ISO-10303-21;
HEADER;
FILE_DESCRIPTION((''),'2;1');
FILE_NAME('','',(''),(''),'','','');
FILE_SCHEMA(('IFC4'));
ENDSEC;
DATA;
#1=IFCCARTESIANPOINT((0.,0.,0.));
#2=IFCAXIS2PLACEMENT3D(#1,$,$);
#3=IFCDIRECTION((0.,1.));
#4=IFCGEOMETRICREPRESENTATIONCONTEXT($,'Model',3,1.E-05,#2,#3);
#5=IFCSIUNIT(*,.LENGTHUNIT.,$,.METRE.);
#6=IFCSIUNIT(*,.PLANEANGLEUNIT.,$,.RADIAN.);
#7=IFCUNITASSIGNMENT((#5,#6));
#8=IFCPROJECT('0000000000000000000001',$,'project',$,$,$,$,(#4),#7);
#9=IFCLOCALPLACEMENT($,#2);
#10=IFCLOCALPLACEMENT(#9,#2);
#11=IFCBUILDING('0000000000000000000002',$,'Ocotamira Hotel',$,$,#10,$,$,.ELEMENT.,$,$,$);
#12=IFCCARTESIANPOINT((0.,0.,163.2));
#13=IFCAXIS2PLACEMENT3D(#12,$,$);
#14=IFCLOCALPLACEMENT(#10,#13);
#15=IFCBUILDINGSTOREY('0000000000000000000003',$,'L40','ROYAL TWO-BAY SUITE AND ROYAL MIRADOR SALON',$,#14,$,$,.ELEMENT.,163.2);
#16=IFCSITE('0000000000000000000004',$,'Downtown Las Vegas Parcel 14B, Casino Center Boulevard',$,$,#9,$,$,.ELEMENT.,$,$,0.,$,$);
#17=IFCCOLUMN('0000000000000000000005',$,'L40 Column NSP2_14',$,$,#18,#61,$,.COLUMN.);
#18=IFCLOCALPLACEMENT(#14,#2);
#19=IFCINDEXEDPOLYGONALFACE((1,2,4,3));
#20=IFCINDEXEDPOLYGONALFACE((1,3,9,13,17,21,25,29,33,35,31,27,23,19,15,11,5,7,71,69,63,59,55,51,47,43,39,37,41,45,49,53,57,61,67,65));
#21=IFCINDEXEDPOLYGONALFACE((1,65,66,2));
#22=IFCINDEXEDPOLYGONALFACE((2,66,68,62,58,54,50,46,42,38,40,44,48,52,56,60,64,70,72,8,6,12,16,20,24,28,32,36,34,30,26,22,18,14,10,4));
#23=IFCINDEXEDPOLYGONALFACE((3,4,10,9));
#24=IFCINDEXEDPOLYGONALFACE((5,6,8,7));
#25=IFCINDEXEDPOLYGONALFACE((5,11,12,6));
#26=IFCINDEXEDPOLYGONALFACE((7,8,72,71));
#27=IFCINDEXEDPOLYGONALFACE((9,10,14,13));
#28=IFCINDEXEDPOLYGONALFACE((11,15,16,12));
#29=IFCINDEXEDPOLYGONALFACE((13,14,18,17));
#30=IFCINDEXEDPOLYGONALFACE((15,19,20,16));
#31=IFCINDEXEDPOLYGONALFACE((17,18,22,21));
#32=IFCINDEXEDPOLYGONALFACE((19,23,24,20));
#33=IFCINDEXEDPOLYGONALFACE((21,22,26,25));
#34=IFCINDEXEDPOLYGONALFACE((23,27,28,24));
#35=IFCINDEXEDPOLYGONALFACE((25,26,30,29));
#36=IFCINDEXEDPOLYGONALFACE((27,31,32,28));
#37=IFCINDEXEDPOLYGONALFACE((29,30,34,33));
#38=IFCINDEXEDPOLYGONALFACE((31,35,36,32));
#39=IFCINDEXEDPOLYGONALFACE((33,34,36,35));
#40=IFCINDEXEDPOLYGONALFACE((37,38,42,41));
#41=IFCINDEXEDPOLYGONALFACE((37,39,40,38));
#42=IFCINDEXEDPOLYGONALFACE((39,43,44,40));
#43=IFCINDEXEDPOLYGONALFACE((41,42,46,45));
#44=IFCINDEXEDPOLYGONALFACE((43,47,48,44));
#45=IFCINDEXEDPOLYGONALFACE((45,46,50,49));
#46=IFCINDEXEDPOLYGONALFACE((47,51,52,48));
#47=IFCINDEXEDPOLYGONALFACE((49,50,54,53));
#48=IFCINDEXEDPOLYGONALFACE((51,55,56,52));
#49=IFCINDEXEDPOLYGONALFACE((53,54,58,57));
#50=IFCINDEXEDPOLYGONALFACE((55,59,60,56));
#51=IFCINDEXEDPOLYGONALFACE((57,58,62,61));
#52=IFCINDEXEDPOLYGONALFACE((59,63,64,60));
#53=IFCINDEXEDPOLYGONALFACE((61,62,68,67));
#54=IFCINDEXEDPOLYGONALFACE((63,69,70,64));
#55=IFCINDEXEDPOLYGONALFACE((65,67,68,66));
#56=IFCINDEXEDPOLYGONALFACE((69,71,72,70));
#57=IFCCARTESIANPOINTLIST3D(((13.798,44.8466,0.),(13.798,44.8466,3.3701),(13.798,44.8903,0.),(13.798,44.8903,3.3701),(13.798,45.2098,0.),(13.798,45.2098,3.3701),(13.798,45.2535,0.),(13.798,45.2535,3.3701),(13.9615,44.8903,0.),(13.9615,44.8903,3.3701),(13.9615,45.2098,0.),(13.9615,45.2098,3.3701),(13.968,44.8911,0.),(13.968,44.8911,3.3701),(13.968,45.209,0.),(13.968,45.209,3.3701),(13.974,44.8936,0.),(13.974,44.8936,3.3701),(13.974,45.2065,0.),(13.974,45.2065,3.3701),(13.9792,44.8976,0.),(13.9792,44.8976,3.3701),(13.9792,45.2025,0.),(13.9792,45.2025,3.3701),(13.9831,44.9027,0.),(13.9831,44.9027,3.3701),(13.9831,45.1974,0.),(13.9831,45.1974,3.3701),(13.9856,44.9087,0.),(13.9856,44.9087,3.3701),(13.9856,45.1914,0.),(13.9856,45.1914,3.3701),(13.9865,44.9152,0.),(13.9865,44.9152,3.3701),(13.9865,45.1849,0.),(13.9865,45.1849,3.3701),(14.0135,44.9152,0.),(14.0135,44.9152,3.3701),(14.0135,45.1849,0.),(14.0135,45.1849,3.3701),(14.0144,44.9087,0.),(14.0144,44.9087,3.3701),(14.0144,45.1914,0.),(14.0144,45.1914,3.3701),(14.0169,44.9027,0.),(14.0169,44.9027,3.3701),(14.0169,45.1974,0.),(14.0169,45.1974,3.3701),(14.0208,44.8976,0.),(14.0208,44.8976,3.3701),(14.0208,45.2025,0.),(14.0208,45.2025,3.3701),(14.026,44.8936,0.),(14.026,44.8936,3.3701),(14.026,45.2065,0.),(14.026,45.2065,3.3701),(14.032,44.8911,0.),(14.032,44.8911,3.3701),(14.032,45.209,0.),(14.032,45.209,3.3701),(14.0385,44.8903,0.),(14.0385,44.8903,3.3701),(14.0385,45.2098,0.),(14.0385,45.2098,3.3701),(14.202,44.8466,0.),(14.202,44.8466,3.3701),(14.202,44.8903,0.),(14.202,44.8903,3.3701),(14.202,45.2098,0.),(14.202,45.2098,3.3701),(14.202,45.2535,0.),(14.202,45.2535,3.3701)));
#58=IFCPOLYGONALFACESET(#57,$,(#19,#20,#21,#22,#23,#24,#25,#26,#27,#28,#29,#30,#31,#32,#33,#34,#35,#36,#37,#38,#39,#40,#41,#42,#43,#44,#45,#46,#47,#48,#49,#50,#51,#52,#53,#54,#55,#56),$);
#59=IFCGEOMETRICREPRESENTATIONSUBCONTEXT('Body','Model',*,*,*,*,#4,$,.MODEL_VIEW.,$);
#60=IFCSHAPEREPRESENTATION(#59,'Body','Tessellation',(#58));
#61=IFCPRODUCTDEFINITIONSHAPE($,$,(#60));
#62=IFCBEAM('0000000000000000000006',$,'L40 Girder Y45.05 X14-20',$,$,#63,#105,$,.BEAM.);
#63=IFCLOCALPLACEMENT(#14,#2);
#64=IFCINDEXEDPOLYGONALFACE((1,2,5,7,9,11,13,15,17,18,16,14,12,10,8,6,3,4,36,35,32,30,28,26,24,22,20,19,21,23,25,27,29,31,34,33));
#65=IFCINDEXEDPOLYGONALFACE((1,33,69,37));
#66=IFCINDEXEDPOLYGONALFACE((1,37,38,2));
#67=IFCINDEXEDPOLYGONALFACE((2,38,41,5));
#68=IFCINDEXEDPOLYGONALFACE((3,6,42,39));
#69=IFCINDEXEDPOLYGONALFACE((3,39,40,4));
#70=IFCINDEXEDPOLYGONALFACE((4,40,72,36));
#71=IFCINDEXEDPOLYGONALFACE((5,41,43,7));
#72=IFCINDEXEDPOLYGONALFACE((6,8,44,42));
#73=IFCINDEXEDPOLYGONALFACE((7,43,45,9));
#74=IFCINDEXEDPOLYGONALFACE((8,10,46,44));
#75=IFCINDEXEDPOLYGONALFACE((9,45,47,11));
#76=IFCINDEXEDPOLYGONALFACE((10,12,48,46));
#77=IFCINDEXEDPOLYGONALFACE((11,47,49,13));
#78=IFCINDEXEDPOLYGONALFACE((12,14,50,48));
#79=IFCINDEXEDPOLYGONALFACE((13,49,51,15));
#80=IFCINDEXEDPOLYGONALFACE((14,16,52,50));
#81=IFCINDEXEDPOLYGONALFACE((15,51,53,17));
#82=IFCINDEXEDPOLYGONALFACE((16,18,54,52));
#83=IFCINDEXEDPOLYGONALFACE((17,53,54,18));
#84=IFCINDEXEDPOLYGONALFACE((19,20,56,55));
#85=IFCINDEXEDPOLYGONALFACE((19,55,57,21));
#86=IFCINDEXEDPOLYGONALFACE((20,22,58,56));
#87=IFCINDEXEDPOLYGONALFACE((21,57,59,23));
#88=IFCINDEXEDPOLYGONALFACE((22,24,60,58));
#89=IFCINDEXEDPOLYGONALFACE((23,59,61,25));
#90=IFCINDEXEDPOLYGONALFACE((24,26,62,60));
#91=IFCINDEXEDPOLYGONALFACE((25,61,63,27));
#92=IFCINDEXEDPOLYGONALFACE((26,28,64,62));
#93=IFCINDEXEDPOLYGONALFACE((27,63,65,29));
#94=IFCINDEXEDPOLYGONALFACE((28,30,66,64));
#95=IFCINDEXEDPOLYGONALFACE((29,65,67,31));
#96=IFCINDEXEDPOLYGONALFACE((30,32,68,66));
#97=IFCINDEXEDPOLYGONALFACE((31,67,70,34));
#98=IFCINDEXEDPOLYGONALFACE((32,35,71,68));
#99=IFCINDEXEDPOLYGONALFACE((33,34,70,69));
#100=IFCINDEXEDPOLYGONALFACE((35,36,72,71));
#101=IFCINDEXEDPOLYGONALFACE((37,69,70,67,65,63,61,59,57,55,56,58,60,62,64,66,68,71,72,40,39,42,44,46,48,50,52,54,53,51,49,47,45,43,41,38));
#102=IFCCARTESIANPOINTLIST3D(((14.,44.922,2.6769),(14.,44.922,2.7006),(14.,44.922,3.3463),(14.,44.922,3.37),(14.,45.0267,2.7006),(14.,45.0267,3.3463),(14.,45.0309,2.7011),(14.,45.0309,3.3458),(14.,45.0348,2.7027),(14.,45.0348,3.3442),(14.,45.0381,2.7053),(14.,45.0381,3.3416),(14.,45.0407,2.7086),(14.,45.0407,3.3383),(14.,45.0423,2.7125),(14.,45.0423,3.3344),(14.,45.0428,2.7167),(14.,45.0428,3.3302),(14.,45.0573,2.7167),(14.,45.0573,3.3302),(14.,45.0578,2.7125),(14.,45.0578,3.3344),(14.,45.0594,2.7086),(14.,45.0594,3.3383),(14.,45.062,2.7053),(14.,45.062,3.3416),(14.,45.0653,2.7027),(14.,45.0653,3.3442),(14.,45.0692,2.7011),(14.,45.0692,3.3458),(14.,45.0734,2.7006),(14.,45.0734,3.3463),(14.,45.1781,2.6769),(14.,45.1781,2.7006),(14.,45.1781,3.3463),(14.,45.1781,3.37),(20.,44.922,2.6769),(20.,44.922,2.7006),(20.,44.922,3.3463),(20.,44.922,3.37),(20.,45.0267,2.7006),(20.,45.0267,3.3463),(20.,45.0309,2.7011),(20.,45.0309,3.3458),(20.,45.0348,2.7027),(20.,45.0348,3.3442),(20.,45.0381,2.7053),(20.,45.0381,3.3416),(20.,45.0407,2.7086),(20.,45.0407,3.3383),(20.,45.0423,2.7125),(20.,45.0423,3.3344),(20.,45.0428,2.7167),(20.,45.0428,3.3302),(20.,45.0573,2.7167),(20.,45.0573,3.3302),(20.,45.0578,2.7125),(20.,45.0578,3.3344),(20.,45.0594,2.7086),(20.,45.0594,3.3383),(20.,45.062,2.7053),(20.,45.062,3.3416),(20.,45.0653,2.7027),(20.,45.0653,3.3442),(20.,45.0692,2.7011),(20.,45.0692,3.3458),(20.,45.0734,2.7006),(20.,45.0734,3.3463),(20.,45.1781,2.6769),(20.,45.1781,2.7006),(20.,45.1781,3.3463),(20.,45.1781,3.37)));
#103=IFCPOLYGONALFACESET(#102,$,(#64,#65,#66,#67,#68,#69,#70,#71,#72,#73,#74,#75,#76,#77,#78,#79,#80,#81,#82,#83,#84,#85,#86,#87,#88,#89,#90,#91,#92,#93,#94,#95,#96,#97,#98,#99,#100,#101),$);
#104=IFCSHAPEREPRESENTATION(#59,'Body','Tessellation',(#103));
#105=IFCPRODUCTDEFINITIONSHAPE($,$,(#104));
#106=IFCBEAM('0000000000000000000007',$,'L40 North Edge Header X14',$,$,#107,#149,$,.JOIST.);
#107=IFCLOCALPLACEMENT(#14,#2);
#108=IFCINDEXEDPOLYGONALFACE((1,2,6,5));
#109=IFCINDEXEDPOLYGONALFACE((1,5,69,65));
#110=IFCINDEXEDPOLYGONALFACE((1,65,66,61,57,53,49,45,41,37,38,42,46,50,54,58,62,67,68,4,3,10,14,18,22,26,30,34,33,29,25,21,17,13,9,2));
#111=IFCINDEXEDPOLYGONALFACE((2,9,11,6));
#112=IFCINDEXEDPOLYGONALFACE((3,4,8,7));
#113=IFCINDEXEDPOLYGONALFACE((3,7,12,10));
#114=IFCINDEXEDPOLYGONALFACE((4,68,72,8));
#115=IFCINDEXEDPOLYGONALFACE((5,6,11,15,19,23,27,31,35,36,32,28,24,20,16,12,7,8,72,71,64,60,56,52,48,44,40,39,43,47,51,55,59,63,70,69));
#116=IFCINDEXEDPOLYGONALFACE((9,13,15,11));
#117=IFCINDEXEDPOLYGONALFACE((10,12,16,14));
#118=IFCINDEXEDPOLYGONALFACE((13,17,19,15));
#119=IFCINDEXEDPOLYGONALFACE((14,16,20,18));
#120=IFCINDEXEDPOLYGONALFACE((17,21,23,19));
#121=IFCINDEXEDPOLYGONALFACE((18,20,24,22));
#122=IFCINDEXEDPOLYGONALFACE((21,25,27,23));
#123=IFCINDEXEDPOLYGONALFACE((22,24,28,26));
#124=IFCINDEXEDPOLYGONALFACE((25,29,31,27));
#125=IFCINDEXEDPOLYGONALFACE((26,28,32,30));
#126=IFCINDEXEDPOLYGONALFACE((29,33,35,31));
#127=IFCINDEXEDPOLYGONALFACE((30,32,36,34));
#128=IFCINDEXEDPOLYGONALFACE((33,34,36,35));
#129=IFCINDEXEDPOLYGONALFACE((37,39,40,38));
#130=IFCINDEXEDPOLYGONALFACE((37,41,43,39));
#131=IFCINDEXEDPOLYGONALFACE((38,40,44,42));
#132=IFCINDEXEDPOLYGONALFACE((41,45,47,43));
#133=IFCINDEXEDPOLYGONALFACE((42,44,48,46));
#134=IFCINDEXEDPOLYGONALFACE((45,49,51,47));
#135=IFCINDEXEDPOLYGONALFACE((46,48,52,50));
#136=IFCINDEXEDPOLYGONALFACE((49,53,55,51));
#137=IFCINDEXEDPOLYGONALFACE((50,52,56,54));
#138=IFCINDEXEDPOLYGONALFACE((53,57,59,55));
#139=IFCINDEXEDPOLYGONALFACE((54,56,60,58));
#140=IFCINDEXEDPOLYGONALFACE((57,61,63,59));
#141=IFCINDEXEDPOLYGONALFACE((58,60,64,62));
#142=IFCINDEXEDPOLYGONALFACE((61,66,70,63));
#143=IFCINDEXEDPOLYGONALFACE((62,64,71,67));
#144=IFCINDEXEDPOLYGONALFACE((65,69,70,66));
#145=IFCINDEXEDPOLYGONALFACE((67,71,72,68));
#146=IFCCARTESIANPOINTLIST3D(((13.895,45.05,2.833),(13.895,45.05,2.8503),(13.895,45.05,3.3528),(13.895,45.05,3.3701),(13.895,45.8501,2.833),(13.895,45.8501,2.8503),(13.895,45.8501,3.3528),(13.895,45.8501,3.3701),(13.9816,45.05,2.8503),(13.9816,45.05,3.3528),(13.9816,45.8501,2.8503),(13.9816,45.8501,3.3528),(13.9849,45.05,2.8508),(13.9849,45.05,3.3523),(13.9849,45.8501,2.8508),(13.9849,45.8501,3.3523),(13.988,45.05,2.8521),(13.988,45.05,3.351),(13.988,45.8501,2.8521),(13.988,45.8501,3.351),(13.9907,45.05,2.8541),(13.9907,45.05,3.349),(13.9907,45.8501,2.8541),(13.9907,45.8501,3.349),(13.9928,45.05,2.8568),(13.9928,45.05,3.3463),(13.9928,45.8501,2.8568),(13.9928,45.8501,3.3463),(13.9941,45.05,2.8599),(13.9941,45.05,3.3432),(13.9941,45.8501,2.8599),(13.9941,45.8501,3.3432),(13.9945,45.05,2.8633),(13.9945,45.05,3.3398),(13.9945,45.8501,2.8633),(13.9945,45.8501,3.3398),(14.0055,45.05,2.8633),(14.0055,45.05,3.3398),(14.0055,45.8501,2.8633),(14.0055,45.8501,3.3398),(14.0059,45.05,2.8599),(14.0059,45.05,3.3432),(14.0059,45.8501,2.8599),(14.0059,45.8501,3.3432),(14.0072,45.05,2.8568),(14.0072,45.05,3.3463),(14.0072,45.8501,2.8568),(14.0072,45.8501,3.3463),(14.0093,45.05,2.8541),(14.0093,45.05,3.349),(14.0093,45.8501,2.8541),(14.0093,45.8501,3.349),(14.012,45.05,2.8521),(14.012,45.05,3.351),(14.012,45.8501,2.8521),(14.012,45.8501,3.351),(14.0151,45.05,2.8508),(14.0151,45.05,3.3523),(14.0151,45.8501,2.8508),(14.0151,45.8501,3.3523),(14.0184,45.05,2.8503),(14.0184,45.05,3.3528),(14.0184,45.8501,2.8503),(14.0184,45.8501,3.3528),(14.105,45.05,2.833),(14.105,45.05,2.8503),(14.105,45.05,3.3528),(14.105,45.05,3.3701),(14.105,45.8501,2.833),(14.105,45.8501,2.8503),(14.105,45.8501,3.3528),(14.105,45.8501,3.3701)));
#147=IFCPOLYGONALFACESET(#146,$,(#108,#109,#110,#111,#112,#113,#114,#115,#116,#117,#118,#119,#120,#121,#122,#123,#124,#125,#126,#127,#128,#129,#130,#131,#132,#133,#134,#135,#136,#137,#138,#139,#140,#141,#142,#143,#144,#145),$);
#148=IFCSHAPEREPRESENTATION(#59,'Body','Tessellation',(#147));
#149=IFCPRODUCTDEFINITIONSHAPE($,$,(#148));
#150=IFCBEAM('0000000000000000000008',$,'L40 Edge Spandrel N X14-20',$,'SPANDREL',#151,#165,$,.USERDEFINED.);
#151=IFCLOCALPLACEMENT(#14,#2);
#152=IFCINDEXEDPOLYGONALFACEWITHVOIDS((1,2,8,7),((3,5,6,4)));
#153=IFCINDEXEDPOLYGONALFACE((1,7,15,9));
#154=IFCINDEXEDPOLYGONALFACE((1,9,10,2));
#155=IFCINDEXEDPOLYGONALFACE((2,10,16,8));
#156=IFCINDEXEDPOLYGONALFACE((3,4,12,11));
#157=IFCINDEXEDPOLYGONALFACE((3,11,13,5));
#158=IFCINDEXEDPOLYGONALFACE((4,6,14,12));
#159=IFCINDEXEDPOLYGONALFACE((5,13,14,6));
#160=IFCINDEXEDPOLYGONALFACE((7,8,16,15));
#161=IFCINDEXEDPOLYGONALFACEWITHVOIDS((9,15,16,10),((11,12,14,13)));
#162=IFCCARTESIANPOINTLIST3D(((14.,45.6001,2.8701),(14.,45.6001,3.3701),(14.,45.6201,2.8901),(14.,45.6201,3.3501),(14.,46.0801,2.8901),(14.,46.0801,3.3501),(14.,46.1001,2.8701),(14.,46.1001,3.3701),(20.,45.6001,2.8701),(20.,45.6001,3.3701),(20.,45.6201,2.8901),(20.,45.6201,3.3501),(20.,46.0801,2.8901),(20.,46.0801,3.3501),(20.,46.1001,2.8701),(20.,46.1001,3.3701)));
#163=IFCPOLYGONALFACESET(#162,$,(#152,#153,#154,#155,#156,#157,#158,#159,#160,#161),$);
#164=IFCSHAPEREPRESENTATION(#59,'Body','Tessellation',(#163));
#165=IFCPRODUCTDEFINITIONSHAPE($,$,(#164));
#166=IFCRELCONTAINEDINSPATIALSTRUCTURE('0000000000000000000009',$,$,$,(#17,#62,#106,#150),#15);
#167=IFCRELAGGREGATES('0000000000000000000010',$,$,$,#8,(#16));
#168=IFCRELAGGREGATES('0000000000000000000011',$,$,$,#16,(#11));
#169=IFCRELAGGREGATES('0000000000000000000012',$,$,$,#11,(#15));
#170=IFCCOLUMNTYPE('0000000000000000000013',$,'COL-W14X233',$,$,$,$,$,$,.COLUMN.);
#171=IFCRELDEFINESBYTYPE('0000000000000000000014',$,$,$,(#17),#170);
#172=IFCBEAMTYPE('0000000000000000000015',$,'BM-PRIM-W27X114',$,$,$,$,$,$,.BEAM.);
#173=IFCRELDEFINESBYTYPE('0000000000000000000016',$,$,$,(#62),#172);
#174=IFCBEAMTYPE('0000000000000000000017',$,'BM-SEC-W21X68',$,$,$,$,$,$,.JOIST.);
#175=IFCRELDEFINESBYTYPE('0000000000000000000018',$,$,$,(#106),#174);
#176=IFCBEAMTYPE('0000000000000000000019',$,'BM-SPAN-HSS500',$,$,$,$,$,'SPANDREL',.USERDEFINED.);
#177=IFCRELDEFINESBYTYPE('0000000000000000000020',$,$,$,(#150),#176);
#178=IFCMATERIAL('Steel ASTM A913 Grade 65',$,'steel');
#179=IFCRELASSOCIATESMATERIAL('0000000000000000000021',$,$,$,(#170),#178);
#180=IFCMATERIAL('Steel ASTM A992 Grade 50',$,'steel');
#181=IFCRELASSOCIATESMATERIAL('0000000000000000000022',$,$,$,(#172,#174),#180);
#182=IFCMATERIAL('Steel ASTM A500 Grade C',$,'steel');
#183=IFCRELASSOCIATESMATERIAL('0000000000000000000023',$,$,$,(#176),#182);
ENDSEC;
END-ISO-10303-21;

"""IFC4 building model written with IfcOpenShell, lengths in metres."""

from ifc_helpers import new_model, si_unit, direction, frame, origin, origin_2d, place, context, subcontext, project, spatial, hollow_rectangle, i_section, extrude, source, transform, mapped, material, material_profile, profile_set, type_object, element, save


model = new_model("IFC4")

# Units and contexts
model_context = context("Model", 3, precision=1e-05, world=origin(), true_north=direction((0.0, 1.0)))
body_context = subcontext(model_context, "Body", "Model", "MODEL_VIEW")
ifc_project = project(units=[si_unit("LENGTHUNIT", "METRE"), si_unit("PLANEANGLEUNIT", "RADIAN")], contexts=[model_context])

# Site, building, storey
site_placement = place(None, origin())
site = spatial("IfcSite", under=ifc_project, at=site_placement, Name="Downtown Las Vegas Parcel 14B, Casino Center Boulevard", CompositionType="ELEMENT", RefElevation=0.0)
building_placement = place(site_placement, origin())
building = spatial("IfcBuilding", under=site, at=building_placement, Name="Ocotamira Hotel", CompositionType="ELEMENT")
storey_placement = place(building_placement, frame((0.0, 0.0, 163.2)))
storey = spatial("IfcBuildingStorey", under=building, at=storey_placement, Name="L40", Description="ROYAL TWO-BAY SUITE AND ROYAL MIRADOR SALON", CompositionType="ELEMENT", Elevation=163.2)

# Column
ifc_material_1 = material(Name="Steel ASTM A913 Grade 65", Category="steel")
ifc_material_profile_1 = material_profile(ifc_material_1, i_section(OverallWidth=0.4041, OverallDepth=0.407, WebThickness=0.0271, FlangeThickness=0.0437, FilletRadius=0.0249, at=origin_2d()), Name="W14X233")
ifc_profile_set_1 = profile_set([ifc_material_profile_1], Name="Steel ASTM A913 Grade 65")
column_type = type_object("IfcColumnType", Name="COL-W14X233", PredefinedType="COLUMN", material=ifc_profile_set_1)
shared_shape_1 = source(origin(), body_context, "Body", "SweptSolid", [
    extrude(i_section(OverallWidth=0.4041, OverallDepth=0.407, WebThickness=0.0271, FlangeThickness=0.0437, FilletRadius=0.0249, at=origin_2d()), origin(), (0.0, 0.0, 1.0), 3.3701),
])
column_placement = place(storey_placement, frame((14.0, 45.05, 0.0), z_axis=(0.0, 0.0, 1.0), x_axis=(1.0, 0.0, 0.0)))
element("IfcColumn", 1, at=column_placement, inside=storey, type_object=column_type, Name="L40 Column NSP2_14", PredefinedType="COLUMN", context=body_context, shape_type="MappedRepresentation", body=[
    mapped(shared_shape_1, transform((0.0, 0.0, 0.0), scale=1.0)),
])

# Beams
ifc_material_2 = material(Name="Steel ASTM A992 Grade 50", Category="steel")
ifc_material_profile_2 = material_profile(ifc_material_2, i_section(OverallWidth=0.2561, OverallDepth=0.6931, WebThickness=0.0144, FlangeThickness=0.0237, FilletRadius=0.0161, at=origin_2d()), Name="W27X114")
ifc_profile_set_2 = profile_set([ifc_material_profile_2], Name="Steel ASTM A992 Grade 50")
beam_type_1 = type_object("IfcBeamType", Name="BM-PRIM-W27X114", PredefinedType="BEAM", material=ifc_profile_set_2)
shared_shape_2 = source(origin(), body_context, "Body", "SweptSolid", [
    extrude(i_section(OverallWidth=0.2561, OverallDepth=0.6931, WebThickness=0.0144, FlangeThickness=0.0237, FilletRadius=0.0161, at=origin_2d()), origin(), (0.0, 0.0, 1.0), 6.0),
])
beam_1_placement = place(storey_placement, frame((14.0, 45.05, 3.0234), z_axis=(1.0, 0.0, 0.0), x_axis=(0.0, 1.0, 0.0)))
element("IfcBeam", 2, at=beam_1_placement, inside=storey, type_object=beam_type_1, Name="L40 Girder Y45.05 X14-20", PredefinedType="BEAM", context=body_context, shape_type="MappedRepresentation", body=[
    mapped(shared_shape_2, transform((0.0, 0.0, 0.0), scale=1.0)),
])
ifc_material_profile_3 = material_profile(ifc_material_2, i_section(OverallWidth=0.21, OverallDepth=0.5371, WebThickness=0.011, FlangeThickness=0.0173, FilletRadius=0.0129, at=origin_2d()), Name="W21X68")
ifc_profile_set_3 = profile_set([ifc_material_profile_3], Name="Steel ASTM A992 Grade 50")
beam_type_2 = type_object("IfcBeamType", Name="BM-SEC-W21X68", PredefinedType="JOIST", material=ifc_profile_set_3)
shared_shape_3 = source(origin(), body_context, "Body", "SweptSolid", [
    extrude(i_section(OverallWidth=0.21, OverallDepth=0.5371, WebThickness=0.011, FlangeThickness=0.0173, FilletRadius=0.0129, at=origin_2d()), origin(), (0.0, 0.0, 1.0), 0.8),
])
beam_2_placement = place(storey_placement, frame((14.0, 45.05, 3.1016), z_axis=(0.0, 1.0, 0.0), x_axis=(-1.0, 0.0, 0.0)))
element("IfcBeam", 3, at=beam_2_placement, inside=storey, type_object=beam_type_2, Name="L40 North Edge Header X14", PredefinedType="JOIST", context=body_context, shape_type="MappedRepresentation", body=[
    mapped(shared_shape_3, transform((0.0, 0.0, 0.0), scale=1.0)),
])
ifc_material_3 = material(Name="Steel ASTM A500 Grade C", Category="steel")
ifc_material_profile_4 = material_profile(ifc_material_3, hollow_rectangle(XDim=0.5, YDim=0.5, WallThickness=0.02, at=origin_2d()), Name="HSS500X500X20")
ifc_profile_set_4 = profile_set([ifc_material_profile_4], Name="Steel ASTM A500 Grade C")
beam_type_3 = type_object("IfcBeamType", Name="BM-SPAN-HSS500", ElementType="SPANDREL", PredefinedType="USERDEFINED", material=ifc_profile_set_4)
shared_shape_4 = source(origin(), body_context, "Body", "SweptSolid", [
    extrude(hollow_rectangle(XDim=0.5, YDim=0.5, WallThickness=0.02, at=origin_2d()), origin(), (0.0, 0.0, 1.0), 6.0),
])
beam_3_placement = place(storey_placement, frame((14.0, 45.8501, 3.1201), z_axis=(1.0, 0.0, 0.0), x_axis=(0.0, 1.0, 0.0)))
element("IfcBeam", 4, at=beam_3_placement, inside=storey, type_object=beam_type_3, Name="L40 Edge Spandrel N X14-20", ObjectType="SPANDREL", PredefinedType="USERDEFINED", context=body_context, shape_type="MappedRepresentation", body=[
    mapped(shared_shape_4, transform((0.0, 0.0, 0.0), scale=1.0)),
])

save(model, "model.ifc")
